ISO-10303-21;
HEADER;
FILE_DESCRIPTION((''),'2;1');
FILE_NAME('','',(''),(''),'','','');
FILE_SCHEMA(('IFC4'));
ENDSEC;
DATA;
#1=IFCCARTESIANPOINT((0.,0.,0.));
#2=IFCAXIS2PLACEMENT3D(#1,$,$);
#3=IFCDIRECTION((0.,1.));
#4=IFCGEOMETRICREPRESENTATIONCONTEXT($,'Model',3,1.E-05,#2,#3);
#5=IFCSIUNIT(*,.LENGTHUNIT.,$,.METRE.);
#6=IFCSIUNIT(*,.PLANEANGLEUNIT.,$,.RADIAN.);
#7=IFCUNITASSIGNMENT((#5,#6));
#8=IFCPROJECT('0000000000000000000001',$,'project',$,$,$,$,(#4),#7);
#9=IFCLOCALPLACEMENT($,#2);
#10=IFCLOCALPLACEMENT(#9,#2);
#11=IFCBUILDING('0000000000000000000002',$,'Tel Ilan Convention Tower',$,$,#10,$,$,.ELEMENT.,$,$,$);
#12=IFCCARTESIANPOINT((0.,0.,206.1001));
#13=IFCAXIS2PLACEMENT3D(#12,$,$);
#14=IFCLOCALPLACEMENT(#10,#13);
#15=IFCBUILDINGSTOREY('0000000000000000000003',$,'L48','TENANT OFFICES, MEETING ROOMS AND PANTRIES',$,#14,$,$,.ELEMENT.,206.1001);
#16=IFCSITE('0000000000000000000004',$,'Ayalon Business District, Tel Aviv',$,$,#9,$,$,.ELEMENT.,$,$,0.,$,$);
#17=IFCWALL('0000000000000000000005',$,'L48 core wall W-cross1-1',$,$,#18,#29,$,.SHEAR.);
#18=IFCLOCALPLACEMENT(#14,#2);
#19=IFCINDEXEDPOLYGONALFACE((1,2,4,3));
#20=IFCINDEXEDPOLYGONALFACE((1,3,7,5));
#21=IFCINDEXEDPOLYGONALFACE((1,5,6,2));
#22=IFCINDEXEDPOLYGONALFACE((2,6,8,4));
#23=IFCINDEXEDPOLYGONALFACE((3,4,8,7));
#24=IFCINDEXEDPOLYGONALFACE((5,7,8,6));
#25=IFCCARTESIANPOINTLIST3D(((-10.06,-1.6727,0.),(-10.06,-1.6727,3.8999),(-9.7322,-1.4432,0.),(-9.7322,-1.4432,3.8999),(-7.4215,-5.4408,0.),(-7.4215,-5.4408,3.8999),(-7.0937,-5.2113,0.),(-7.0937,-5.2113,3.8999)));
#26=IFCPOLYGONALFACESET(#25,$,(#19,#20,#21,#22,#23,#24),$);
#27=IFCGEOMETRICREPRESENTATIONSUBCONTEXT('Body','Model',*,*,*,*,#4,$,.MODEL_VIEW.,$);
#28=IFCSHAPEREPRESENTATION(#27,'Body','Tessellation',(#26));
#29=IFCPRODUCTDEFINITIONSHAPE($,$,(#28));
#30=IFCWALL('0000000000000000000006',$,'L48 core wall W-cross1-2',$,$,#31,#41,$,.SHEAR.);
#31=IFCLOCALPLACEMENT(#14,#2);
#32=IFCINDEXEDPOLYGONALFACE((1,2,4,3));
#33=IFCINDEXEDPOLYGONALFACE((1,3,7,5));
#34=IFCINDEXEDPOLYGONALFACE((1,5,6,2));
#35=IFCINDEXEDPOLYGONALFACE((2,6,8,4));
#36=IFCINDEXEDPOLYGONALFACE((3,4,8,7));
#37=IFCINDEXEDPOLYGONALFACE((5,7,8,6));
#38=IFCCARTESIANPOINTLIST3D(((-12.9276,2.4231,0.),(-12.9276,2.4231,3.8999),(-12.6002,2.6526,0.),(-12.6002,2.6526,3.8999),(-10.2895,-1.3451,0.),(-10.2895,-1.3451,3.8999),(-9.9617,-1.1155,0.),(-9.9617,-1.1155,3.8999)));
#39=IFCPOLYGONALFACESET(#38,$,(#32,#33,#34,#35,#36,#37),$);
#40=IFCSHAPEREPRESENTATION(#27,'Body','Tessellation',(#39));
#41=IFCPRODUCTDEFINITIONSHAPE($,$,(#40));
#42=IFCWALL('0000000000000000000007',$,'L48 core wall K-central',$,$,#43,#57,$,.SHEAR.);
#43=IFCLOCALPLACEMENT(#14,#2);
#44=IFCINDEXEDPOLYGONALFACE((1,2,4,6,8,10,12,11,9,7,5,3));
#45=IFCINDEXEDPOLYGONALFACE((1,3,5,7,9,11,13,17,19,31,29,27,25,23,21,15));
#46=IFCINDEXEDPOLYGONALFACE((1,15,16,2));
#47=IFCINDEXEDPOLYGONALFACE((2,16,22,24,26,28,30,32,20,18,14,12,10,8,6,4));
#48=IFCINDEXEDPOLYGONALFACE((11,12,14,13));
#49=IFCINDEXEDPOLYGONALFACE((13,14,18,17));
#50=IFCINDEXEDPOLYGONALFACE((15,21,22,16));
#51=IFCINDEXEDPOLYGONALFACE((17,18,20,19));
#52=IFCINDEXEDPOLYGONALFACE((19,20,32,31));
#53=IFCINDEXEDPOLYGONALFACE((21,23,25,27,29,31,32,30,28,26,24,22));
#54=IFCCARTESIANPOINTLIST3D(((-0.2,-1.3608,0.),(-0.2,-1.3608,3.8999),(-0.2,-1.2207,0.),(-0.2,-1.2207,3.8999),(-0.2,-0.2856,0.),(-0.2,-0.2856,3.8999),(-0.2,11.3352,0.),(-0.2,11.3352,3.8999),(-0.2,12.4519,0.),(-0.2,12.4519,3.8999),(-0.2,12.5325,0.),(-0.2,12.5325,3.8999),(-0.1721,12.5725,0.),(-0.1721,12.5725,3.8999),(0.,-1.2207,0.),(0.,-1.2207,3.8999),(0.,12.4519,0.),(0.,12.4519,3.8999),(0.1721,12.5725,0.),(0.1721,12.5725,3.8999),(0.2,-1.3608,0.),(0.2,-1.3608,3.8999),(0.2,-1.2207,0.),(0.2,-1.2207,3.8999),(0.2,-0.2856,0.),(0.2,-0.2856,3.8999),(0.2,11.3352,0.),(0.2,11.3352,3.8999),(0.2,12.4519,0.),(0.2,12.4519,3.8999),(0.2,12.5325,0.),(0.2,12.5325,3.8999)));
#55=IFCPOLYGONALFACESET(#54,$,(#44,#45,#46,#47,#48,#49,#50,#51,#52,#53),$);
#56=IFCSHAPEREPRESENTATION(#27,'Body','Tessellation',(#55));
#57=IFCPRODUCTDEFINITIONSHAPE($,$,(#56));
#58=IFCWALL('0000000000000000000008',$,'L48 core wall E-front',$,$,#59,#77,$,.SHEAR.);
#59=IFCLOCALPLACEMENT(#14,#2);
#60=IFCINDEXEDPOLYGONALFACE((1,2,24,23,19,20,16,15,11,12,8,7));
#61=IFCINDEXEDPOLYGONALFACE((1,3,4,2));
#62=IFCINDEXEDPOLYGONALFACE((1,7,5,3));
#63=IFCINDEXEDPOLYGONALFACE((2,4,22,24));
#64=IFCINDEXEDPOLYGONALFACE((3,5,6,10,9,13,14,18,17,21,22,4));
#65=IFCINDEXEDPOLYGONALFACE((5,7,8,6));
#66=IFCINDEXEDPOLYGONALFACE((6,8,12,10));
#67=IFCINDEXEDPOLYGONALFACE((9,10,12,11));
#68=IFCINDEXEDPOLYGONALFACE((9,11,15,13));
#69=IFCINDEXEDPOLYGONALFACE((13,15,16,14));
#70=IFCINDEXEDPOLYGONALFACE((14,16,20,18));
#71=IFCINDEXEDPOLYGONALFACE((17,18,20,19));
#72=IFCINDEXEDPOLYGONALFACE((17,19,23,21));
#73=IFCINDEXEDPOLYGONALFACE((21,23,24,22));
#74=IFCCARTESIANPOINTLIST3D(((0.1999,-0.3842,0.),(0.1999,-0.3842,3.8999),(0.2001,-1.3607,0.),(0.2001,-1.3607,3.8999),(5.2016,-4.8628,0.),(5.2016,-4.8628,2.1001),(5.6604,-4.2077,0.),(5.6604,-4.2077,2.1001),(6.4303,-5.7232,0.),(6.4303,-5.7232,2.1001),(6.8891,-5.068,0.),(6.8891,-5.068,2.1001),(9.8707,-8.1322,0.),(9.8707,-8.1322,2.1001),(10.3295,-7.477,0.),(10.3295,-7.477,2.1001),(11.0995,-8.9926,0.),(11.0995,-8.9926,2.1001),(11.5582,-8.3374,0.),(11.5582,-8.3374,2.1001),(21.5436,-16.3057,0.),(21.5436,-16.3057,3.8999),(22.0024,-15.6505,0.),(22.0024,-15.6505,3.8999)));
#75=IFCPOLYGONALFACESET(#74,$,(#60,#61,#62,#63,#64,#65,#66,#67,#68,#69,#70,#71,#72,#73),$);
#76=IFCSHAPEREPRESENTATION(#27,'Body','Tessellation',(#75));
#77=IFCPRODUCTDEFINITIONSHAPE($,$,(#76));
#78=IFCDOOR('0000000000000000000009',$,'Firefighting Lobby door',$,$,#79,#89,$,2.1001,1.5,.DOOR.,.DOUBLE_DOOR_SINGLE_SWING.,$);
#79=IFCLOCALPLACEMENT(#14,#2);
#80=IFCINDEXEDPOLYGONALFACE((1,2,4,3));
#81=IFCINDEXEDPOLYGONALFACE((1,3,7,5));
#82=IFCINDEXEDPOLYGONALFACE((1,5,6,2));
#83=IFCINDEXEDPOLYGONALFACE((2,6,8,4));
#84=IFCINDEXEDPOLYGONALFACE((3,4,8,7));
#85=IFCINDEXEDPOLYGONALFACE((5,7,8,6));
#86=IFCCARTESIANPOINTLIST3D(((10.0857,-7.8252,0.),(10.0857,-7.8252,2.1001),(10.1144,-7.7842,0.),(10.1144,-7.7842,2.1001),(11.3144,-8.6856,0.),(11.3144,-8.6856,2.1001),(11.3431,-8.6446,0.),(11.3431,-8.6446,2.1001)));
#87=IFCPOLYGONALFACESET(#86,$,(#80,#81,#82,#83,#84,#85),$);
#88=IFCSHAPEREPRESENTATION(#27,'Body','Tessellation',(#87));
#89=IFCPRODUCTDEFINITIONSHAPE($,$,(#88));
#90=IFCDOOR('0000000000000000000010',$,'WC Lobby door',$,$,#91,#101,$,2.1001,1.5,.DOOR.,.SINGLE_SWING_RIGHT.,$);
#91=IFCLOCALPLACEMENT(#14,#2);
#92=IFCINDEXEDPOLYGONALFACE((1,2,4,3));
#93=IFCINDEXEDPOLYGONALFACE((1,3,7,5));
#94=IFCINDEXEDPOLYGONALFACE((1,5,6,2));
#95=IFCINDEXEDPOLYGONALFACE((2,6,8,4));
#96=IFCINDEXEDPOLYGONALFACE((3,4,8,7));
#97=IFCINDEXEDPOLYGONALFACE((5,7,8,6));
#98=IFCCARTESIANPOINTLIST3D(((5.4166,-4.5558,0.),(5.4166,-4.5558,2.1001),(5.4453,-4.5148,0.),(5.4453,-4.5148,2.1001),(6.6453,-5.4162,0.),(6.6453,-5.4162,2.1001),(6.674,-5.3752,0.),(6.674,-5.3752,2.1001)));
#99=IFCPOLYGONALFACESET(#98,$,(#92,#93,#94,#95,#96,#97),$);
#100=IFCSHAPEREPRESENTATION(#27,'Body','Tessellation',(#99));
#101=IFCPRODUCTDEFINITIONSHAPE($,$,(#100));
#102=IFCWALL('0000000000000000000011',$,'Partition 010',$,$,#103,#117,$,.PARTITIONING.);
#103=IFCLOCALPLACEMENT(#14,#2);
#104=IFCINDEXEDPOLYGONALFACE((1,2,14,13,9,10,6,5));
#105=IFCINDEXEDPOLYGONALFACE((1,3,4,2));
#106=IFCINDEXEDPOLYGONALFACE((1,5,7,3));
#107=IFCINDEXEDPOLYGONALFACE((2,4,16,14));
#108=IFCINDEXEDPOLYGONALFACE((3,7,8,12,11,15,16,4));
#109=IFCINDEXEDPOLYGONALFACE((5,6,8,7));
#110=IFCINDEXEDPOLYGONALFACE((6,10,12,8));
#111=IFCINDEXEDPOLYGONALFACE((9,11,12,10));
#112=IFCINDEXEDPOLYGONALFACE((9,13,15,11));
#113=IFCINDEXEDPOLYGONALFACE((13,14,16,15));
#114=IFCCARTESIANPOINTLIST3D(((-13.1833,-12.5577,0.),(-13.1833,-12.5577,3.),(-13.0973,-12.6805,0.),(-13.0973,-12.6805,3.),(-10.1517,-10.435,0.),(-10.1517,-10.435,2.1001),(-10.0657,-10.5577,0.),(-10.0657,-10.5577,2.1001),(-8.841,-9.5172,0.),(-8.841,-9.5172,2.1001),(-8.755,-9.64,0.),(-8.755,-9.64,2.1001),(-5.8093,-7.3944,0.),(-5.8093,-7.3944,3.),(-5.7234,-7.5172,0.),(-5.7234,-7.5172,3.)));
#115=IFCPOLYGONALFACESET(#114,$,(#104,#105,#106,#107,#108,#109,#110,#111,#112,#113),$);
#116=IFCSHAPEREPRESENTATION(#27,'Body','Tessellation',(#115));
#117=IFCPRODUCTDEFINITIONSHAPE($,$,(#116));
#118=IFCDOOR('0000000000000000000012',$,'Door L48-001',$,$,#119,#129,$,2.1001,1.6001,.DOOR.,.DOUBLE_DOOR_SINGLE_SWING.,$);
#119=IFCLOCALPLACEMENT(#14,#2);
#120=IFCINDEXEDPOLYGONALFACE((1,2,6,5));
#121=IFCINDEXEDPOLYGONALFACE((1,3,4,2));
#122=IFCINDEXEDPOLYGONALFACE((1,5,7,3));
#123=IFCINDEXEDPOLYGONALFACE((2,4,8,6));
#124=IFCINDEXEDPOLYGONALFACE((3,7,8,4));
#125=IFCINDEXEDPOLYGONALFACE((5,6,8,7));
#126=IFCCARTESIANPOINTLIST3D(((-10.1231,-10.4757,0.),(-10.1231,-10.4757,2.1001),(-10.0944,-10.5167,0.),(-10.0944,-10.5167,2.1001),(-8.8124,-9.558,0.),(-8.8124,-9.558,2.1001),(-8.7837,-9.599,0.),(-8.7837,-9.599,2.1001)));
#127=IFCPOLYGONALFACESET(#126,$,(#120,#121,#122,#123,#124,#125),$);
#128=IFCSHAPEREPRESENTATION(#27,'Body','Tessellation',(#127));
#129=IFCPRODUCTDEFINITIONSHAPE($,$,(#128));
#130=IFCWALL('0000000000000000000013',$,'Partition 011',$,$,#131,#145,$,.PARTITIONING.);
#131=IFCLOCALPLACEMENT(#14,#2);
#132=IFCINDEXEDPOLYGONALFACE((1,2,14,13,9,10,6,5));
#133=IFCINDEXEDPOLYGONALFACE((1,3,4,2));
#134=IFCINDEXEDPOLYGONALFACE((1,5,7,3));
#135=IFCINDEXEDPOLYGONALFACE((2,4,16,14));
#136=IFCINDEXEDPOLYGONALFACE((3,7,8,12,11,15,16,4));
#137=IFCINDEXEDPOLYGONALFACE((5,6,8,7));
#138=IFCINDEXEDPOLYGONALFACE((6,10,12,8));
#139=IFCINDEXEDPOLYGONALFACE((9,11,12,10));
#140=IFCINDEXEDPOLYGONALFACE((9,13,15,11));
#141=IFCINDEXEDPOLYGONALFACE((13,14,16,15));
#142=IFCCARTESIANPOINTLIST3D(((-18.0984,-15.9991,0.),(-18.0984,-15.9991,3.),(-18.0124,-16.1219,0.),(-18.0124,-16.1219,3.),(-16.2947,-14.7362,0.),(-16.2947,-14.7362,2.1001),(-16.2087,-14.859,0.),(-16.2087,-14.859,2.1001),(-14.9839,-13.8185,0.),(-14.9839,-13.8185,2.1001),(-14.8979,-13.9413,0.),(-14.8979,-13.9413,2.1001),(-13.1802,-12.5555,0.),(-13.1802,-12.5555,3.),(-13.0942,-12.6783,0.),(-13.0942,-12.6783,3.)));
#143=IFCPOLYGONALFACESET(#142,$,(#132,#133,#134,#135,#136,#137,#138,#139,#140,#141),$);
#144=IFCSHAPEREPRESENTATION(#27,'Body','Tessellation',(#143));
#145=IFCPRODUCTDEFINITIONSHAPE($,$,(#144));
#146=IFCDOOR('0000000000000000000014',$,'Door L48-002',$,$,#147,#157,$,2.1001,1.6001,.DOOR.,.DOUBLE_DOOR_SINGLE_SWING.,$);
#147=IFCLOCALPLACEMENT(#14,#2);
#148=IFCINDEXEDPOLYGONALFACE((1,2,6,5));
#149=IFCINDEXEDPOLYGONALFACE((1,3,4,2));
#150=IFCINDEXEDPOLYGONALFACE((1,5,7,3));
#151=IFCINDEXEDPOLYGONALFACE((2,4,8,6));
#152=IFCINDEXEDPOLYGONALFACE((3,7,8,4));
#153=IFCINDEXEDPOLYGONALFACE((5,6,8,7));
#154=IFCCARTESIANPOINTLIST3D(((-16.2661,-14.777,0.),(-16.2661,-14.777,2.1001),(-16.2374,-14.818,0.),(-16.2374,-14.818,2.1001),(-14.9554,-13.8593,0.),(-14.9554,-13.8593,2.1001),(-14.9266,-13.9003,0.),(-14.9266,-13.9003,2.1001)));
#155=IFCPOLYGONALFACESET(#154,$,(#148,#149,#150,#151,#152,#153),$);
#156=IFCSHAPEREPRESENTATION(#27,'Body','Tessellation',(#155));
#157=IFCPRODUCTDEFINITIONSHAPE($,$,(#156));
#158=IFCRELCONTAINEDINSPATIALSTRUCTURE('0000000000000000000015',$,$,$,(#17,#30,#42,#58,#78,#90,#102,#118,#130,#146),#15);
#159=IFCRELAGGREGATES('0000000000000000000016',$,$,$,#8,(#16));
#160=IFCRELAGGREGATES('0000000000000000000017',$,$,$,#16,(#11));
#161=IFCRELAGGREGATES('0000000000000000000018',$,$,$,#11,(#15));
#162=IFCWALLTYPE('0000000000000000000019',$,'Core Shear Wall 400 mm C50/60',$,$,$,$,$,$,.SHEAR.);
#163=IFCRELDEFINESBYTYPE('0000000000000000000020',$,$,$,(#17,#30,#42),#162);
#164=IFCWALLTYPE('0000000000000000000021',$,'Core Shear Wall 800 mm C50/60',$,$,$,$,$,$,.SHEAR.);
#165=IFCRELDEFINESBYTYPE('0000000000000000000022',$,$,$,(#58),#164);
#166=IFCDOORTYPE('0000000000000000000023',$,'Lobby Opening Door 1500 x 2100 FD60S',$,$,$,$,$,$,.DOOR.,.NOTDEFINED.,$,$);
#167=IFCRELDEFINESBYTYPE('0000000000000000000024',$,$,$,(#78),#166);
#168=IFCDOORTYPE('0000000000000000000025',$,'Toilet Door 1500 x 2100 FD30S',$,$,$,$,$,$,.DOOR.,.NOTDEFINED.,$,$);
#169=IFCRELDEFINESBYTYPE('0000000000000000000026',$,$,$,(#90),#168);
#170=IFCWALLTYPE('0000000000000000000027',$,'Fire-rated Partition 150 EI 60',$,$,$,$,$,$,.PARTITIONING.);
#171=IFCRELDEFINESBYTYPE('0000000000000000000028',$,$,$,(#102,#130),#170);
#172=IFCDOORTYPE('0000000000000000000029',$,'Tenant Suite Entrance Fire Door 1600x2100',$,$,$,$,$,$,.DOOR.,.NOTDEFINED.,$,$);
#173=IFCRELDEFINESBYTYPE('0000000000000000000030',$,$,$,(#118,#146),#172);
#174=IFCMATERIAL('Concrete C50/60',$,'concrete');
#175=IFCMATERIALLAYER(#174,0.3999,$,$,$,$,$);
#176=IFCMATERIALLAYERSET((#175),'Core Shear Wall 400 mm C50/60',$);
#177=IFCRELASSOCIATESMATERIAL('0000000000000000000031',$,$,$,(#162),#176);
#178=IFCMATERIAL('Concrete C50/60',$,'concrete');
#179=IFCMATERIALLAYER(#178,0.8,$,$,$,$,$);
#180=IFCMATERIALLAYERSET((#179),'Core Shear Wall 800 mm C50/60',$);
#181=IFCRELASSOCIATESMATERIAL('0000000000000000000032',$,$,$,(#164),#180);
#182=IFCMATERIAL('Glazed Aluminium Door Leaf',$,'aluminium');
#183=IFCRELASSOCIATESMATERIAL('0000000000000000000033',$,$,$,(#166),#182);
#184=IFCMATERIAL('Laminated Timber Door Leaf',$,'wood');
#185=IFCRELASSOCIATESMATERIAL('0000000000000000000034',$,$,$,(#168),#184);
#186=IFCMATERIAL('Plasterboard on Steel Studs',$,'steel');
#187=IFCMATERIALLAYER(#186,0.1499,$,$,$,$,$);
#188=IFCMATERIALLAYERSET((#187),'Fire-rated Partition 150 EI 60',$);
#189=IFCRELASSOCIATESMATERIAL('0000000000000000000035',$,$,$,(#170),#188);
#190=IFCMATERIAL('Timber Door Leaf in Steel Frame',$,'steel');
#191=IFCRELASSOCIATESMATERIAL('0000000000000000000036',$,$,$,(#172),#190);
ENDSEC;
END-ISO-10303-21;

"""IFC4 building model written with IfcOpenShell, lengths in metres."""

from ifc_helpers import new_model, si_unit, direction, frame, frame_2d, origin, place, context, subcontext, project, spatial, polyline, rectangle, outline, extrude, material, layer, layer_set, type_object, element, fill, save


model = new_model("IFC4")

# Units and contexts
model_context = context("Model", 3, precision=1e-05, world=origin(), true_north=direction((0.0, 1.0)))
body_context = subcontext(model_context, "Body", "Model", "MODEL_VIEW")
ifc_project = project(units=[si_unit("LENGTHUNIT", "METRE"), si_unit("PLANEANGLEUNIT", "RADIAN")], contexts=[model_context])

# Site, building, storey
site_placement = place(None, origin())
site = spatial("IfcSite", under=ifc_project, at=site_placement, Name="Ayalon Business District, Tel Aviv", CompositionType="ELEMENT", RefElevation=0.0)
building_placement = place(site_placement, origin())
building = spatial("IfcBuilding", under=site, at=building_placement, Name="Tel Ilan Convention Tower", CompositionType="ELEMENT")
storey_placement = place(building_placement, frame((0.0, 0.0, 206.1001)))
storey = spatial("IfcBuildingStorey", under=building, at=storey_placement, Name="L48", Description="TENANT OFFICES, MEETING ROOMS AND PANTRIES", CompositionType="ELEMENT", Elevation=206.1001)

# Walls
ifc_material_1 = material(Name="Concrete C50/60", Category="concrete")
ifc_layer_1 = layer(ifc_material_1, 0.3999)
ifc_layer_set_1 = layer_set([ifc_layer_1], Name="Core Shear Wall 400 mm C50/60")
wall_type_1 = type_object("IfcWallType", Name="Core Shear Wall 400 mm C50/60", PredefinedType="SHEAR", material=ifc_layer_set_1)
wall_1_placement = place(storey_placement, frame((-7.2578, -5.3259, 0.0), z_axis=(0.0, 0.0, 1.0), x_axis=(-0.573541, 0.819177, 0.0)))
element("IfcWall", 1, at=wall_1_placement, inside=storey, type_object=wall_type_1, Name="L48 core wall W-cross1-1", PredefinedType="SHEAR", context=body_context, shape_type="SweptSolid", body=[
    extrude(outline(polyline([(4.5999, 0.2002), (-0.0002, 0.2), (-0.0002, -0.2002), (4.5999, -0.2), (4.5999, 0.2002)])), origin(), (0.0, 0.0, 1.0), 3.8999),
])
wall_2_placement = place(storey_placement, frame((-10.1255, -1.2302, 0.0), z_axis=(0.0, 0.0, 1.0), x_axis=(-0.573576, 0.819152, 0.0)))
element("IfcWall", 2, at=wall_2_placement, inside=storey, type_object=wall_type_1, Name="L48 core wall W-cross1-2", PredefinedType="SHEAR", context=body_context, shape_type="SweptSolid", body=[
    extrude(outline(polyline([(4.6001, -0.2), (4.5999, 0.2), (0.0, 0.2002), (0.0, -0.2), (4.6001, -0.2)])), origin(), (0.0, 0.0, 1.0), 3.8999),
])
wall_3_placement = place(storey_placement, frame((0.0, -1.3608, 0.0), z_axis=(0.0, 0.0, 1.0), x_axis=(0.0, 1.0, 0.0)))
element("IfcWall", 3, at=wall_3_placement, inside=storey, type_object=wall_type_1, Name="L48 core wall K-central", PredefinedType="SHEAR", context=body_context, shape_type="SweptSolid", body=[
    extrude(outline(polyline([(0.0, -0.2), (0.1401, -0.2), (1.0752, -0.2), (12.696, -0.2), (13.8127, -0.2), (13.8933, -0.2), (13.9333, -0.1721), (13.8127, 0.0), (13.9333, 0.1721), (13.8933, 0.2), (13.8127, 0.2), (12.696, 0.2), (1.0752, 0.2), (0.1401, 0.2), (0.0, 0.2), (0.1401, 0.0), (0.0, -0.2)])), origin(), (0.0, 0.0, 1.0), 3.8999),
])

# Wall, openings, doors
ifc_material_2 = material(Name="Concrete C50/60", Category="concrete")
ifc_layer_2 = layer(ifc_material_2, 0.8)
ifc_layer_set_2 = layer_set([ifc_layer_2], Name="Core Shear Wall 800 mm C50/60")
wall_type_2 = type_object("IfcWallType", Name="Core Shear Wall 800 mm C50/60", PredefinedType="SHEAR", material=ifc_layer_set_2)
wall_4_placement = place(storey_placement, frame((-0.0293, -0.7119, 0.0), z_axis=(0.0, 0.0, 1.0), x_axis=(0.819152, -0.573577, 0.0)))
wall_4 = element("IfcWall", 4, at=wall_4_placement, inside=storey, type_object=wall_type_2, Name="L48 core wall E-front", PredefinedType="SHEAR", context=body_context, shape_type="SweptSolid", body=[
    extrude(outline(polyline([(26.6157, 0.3999), (-0.0002, 0.3999), (0.5601, -0.3999), (26.6157, -0.3999), (26.6157, 0.3999)])), origin(), (0.0, 0.0, 1.0), 3.8999),
])
opening_1_placement = place(wall_4_placement, frame((6.6658, 0.0, 0.0)))
opening_1 = element("IfcOpeningElement", 5, at=opening_1_placement, cuts=wall_4, PredefinedType="OPENING", context=body_context, shape_type="SweptSolid", body=[
    extrude(rectangle(XDim=1.5, YDim=2.1001, at=frame_2d((0.75, 1.05))), frame((0.0, 0.4099, 0.0), z_axis=(0.0, -1.0, 0.0), x_axis=(1.0, 0.0, 0.0)), (0.0, 0.0, 1.0), 0.8201),
])
opening_2_placement = place(wall_4_placement, frame((12.3657, 0.0, 0.0)))
opening_2 = element("IfcOpeningElement", 6, at=opening_2_placement, cuts=wall_4, PredefinedType="OPENING", context=body_context, shape_type="SweptSolid", body=[
    extrude(rectangle(XDim=1.5, YDim=2.1001, at=frame_2d((0.75, 1.05))), frame((0.0, 0.4099, 0.0), z_axis=(0.0, -1.0, 0.0), x_axis=(1.0, 0.0, 0.0)), (0.0, 0.0, 1.0), 0.8201),
])
ifc_material_3 = material(Name="Glazed Aluminium Door Leaf", Category="aluminium")
door_type_1 = type_object("IfcDoorType", Name="Lobby Opening Door 1500 x 2100 FD60S", OperationType="NOTDEFINED", PredefinedType="DOOR", material=ifc_material_3)
door_1_placement = place(opening_2_placement, origin())
door_1 = element("IfcDoor", 7, at=door_1_placement, inside=storey, type_object=door_type_1, Name="Firefighting Lobby door", OperationType="DOUBLE_DOOR_SINGLE_SWING", OverallHeight=2.1001, OverallWidth=1.5, PredefinedType="DOOR", context=body_context, shape_type="SweptSolid", body=[
    extrude(rectangle(XDim=1.5, YDim=2.1001, at=frame_2d((0.75, 1.05))), frame((0.0, 0.0249, 0.0), z_axis=(0.0, -1.0, 0.0), x_axis=(1.0, 0.0, 0.0)), (0.0, 0.0, 1.0), 0.05),
])
fill(opening_2, door_1)
ifc_material_4 = material(Name="Laminated Timber Door Leaf", Category="wood")
door_type_2 = type_object("IfcDoorType", Name="Toilet Door 1500 x 2100 FD30S", OperationType="NOTDEFINED", PredefinedType="DOOR", material=ifc_material_4)
door_2_placement = place(opening_1_placement, origin())
door_2 = element("IfcDoor", 8, at=door_2_placement, inside=storey, type_object=door_type_2, Name="WC Lobby door", OperationType="SINGLE_SWING_RIGHT", OverallHeight=2.1001, OverallWidth=1.5, PredefinedType="DOOR", context=body_context, shape_type="SweptSolid", body=[
    extrude(rectangle(XDim=1.5, YDim=2.1001, at=frame_2d((0.75, 1.05))), frame((0.0, 0.0249, 0.0), z_axis=(0.0, -1.0, 0.0), x_axis=(1.0, 0.0, 0.0)), (0.0, 0.0, 1.0), 0.05),
])
fill(opening_1, door_2)

# Walls, openings, doors
ifc_material_5 = material(Name="Plasterboard on Steel Studs", Category="steel")
ifc_layer_3 = layer(ifc_material_5, 0.1499)
ifc_layer_set_3 = layer_set([ifc_layer_3], Name="Fire-rated Partition 150 EI 60")
wall_type_3 = type_object("IfcWallType", Name="Fire-rated Partition 150 EI 60", PredefinedType="PARTITIONING", material=ifc_layer_set_3)
wall_5_placement = place(storey_placement, frame((-5.7664, -7.4558, 0.0), z_axis=(0.0, 0.0, 1.0), x_axis=(-0.819153, -0.573575, 0.0)))
wall_5 = element("IfcWall", 9, at=wall_5_placement, inside=storey, type_object=wall_type_3, Name="Partition 010", PredefinedType="PARTITIONING", context=body_context, shape_type="SweptSolid", body=[
    extrude(rectangle(XDim=9.002, YDim=0.1499, at=frame_2d((4.501, 0.0))), origin(), (0.0, 0.0, 1.0), 3.0),
])
opening_3_placement = place(wall_5_placement, frame((3.7009, 0.0, 0.0)))
opening_3 = element("IfcOpeningElement", 10, at=opening_3_placement, cuts=wall_5, PredefinedType="OPENING", context=body_context, shape_type="SweptSolid", body=[
    extrude(rectangle(XDim=1.6001, YDim=2.1001, at=frame_2d((0.8, 1.05))), frame((0.0, 0.085, 0.0), z_axis=(0.0, -1.0, 0.0), x_axis=(1.0, 0.0, 0.0)), (0.0, 0.0, 1.0), 0.1699),
])
ifc_material_6 = material(Name="Timber Door Leaf in Steel Frame", Category="steel")
door_type_3 = type_object("IfcDoorType", Name="Tenant Suite Entrance Fire Door 1600x2100", OperationType="NOTDEFINED", PredefinedType="DOOR", material=ifc_material_6)
door_3_placement = place(opening_3_placement, origin())
door_3 = element("IfcDoor", 11, at=door_3_placement, inside=storey, type_object=door_type_3, Name="Door L48-001", OperationType="DOUBLE_DOOR_SINGLE_SWING", OverallHeight=2.1001, OverallWidth=1.6001, PredefinedType="DOOR", context=body_context, shape_type="SweptSolid", body=[
    extrude(rectangle(XDim=1.6001, YDim=2.1001, at=frame_2d((0.8, 1.05))), frame((0.0, 0.0249, 0.0), z_axis=(0.0, -1.0, 0.0), x_axis=(1.0, 0.0, 0.0)), (0.0, 0.0, 1.0), 0.05),
])
fill(opening_3, door_3)
wall_6_placement = place(storey_placement, frame((-13.1372, -12.6169, 0.0), z_axis=(0.0, 0.0, 1.0), x_axis=(-0.819165, -0.573558, 0.0)))
wall_6 = element("IfcWall", 12, at=wall_6_placement, inside=storey, type_object=wall_type_3, Name="Partition 011", PredefinedType="PARTITIONING", context=body_context, shape_type="SweptSolid", body=[
    extrude(rectangle(XDim=6.0039, YDim=0.1499, at=frame_2d((3.002, 0.0))), origin(), (0.0, 0.0, 1.0), 3.0),
])
opening_4_placement = place(wall_6_placement, frame((2.2019, 0.0, 0.0)))
opening_4 = element("IfcOpeningElement", 13, at=opening_4_placement, cuts=wall_6, PredefinedType="OPENING", context=body_context, shape_type="SweptSolid", body=[
    extrude(rectangle(XDim=1.6001, YDim=2.1001, at=frame_2d((0.8, 1.05))), frame((0.0, 0.085, 0.0), z_axis=(0.0, -1.0, 0.0), x_axis=(1.0, 0.0, 0.0)), (0.0, 0.0, 1.0), 0.1699),
])
door_4_placement = place(opening_4_placement, origin())
door_4 = element("IfcDoor", 14, at=door_4_placement, inside=storey, type_object=door_type_3, Name="Door L48-002", OperationType="DOUBLE_DOOR_SINGLE_SWING", OverallHeight=2.1001, OverallWidth=1.6001, PredefinedType="DOOR", context=body_context, shape_type="SweptSolid", body=[
    extrude(rectangle(XDim=1.6001, YDim=2.1001, at=frame_2d((0.8, 1.05))), frame((0.0, 0.0249, 0.0), z_axis=(0.0, -1.0, 0.0), x_axis=(1.0, 0.0, 0.0)), (0.0, 0.0, 1.0), 0.05),
])
fill(opening_4, door_4)

save(model, "model.ifc")
